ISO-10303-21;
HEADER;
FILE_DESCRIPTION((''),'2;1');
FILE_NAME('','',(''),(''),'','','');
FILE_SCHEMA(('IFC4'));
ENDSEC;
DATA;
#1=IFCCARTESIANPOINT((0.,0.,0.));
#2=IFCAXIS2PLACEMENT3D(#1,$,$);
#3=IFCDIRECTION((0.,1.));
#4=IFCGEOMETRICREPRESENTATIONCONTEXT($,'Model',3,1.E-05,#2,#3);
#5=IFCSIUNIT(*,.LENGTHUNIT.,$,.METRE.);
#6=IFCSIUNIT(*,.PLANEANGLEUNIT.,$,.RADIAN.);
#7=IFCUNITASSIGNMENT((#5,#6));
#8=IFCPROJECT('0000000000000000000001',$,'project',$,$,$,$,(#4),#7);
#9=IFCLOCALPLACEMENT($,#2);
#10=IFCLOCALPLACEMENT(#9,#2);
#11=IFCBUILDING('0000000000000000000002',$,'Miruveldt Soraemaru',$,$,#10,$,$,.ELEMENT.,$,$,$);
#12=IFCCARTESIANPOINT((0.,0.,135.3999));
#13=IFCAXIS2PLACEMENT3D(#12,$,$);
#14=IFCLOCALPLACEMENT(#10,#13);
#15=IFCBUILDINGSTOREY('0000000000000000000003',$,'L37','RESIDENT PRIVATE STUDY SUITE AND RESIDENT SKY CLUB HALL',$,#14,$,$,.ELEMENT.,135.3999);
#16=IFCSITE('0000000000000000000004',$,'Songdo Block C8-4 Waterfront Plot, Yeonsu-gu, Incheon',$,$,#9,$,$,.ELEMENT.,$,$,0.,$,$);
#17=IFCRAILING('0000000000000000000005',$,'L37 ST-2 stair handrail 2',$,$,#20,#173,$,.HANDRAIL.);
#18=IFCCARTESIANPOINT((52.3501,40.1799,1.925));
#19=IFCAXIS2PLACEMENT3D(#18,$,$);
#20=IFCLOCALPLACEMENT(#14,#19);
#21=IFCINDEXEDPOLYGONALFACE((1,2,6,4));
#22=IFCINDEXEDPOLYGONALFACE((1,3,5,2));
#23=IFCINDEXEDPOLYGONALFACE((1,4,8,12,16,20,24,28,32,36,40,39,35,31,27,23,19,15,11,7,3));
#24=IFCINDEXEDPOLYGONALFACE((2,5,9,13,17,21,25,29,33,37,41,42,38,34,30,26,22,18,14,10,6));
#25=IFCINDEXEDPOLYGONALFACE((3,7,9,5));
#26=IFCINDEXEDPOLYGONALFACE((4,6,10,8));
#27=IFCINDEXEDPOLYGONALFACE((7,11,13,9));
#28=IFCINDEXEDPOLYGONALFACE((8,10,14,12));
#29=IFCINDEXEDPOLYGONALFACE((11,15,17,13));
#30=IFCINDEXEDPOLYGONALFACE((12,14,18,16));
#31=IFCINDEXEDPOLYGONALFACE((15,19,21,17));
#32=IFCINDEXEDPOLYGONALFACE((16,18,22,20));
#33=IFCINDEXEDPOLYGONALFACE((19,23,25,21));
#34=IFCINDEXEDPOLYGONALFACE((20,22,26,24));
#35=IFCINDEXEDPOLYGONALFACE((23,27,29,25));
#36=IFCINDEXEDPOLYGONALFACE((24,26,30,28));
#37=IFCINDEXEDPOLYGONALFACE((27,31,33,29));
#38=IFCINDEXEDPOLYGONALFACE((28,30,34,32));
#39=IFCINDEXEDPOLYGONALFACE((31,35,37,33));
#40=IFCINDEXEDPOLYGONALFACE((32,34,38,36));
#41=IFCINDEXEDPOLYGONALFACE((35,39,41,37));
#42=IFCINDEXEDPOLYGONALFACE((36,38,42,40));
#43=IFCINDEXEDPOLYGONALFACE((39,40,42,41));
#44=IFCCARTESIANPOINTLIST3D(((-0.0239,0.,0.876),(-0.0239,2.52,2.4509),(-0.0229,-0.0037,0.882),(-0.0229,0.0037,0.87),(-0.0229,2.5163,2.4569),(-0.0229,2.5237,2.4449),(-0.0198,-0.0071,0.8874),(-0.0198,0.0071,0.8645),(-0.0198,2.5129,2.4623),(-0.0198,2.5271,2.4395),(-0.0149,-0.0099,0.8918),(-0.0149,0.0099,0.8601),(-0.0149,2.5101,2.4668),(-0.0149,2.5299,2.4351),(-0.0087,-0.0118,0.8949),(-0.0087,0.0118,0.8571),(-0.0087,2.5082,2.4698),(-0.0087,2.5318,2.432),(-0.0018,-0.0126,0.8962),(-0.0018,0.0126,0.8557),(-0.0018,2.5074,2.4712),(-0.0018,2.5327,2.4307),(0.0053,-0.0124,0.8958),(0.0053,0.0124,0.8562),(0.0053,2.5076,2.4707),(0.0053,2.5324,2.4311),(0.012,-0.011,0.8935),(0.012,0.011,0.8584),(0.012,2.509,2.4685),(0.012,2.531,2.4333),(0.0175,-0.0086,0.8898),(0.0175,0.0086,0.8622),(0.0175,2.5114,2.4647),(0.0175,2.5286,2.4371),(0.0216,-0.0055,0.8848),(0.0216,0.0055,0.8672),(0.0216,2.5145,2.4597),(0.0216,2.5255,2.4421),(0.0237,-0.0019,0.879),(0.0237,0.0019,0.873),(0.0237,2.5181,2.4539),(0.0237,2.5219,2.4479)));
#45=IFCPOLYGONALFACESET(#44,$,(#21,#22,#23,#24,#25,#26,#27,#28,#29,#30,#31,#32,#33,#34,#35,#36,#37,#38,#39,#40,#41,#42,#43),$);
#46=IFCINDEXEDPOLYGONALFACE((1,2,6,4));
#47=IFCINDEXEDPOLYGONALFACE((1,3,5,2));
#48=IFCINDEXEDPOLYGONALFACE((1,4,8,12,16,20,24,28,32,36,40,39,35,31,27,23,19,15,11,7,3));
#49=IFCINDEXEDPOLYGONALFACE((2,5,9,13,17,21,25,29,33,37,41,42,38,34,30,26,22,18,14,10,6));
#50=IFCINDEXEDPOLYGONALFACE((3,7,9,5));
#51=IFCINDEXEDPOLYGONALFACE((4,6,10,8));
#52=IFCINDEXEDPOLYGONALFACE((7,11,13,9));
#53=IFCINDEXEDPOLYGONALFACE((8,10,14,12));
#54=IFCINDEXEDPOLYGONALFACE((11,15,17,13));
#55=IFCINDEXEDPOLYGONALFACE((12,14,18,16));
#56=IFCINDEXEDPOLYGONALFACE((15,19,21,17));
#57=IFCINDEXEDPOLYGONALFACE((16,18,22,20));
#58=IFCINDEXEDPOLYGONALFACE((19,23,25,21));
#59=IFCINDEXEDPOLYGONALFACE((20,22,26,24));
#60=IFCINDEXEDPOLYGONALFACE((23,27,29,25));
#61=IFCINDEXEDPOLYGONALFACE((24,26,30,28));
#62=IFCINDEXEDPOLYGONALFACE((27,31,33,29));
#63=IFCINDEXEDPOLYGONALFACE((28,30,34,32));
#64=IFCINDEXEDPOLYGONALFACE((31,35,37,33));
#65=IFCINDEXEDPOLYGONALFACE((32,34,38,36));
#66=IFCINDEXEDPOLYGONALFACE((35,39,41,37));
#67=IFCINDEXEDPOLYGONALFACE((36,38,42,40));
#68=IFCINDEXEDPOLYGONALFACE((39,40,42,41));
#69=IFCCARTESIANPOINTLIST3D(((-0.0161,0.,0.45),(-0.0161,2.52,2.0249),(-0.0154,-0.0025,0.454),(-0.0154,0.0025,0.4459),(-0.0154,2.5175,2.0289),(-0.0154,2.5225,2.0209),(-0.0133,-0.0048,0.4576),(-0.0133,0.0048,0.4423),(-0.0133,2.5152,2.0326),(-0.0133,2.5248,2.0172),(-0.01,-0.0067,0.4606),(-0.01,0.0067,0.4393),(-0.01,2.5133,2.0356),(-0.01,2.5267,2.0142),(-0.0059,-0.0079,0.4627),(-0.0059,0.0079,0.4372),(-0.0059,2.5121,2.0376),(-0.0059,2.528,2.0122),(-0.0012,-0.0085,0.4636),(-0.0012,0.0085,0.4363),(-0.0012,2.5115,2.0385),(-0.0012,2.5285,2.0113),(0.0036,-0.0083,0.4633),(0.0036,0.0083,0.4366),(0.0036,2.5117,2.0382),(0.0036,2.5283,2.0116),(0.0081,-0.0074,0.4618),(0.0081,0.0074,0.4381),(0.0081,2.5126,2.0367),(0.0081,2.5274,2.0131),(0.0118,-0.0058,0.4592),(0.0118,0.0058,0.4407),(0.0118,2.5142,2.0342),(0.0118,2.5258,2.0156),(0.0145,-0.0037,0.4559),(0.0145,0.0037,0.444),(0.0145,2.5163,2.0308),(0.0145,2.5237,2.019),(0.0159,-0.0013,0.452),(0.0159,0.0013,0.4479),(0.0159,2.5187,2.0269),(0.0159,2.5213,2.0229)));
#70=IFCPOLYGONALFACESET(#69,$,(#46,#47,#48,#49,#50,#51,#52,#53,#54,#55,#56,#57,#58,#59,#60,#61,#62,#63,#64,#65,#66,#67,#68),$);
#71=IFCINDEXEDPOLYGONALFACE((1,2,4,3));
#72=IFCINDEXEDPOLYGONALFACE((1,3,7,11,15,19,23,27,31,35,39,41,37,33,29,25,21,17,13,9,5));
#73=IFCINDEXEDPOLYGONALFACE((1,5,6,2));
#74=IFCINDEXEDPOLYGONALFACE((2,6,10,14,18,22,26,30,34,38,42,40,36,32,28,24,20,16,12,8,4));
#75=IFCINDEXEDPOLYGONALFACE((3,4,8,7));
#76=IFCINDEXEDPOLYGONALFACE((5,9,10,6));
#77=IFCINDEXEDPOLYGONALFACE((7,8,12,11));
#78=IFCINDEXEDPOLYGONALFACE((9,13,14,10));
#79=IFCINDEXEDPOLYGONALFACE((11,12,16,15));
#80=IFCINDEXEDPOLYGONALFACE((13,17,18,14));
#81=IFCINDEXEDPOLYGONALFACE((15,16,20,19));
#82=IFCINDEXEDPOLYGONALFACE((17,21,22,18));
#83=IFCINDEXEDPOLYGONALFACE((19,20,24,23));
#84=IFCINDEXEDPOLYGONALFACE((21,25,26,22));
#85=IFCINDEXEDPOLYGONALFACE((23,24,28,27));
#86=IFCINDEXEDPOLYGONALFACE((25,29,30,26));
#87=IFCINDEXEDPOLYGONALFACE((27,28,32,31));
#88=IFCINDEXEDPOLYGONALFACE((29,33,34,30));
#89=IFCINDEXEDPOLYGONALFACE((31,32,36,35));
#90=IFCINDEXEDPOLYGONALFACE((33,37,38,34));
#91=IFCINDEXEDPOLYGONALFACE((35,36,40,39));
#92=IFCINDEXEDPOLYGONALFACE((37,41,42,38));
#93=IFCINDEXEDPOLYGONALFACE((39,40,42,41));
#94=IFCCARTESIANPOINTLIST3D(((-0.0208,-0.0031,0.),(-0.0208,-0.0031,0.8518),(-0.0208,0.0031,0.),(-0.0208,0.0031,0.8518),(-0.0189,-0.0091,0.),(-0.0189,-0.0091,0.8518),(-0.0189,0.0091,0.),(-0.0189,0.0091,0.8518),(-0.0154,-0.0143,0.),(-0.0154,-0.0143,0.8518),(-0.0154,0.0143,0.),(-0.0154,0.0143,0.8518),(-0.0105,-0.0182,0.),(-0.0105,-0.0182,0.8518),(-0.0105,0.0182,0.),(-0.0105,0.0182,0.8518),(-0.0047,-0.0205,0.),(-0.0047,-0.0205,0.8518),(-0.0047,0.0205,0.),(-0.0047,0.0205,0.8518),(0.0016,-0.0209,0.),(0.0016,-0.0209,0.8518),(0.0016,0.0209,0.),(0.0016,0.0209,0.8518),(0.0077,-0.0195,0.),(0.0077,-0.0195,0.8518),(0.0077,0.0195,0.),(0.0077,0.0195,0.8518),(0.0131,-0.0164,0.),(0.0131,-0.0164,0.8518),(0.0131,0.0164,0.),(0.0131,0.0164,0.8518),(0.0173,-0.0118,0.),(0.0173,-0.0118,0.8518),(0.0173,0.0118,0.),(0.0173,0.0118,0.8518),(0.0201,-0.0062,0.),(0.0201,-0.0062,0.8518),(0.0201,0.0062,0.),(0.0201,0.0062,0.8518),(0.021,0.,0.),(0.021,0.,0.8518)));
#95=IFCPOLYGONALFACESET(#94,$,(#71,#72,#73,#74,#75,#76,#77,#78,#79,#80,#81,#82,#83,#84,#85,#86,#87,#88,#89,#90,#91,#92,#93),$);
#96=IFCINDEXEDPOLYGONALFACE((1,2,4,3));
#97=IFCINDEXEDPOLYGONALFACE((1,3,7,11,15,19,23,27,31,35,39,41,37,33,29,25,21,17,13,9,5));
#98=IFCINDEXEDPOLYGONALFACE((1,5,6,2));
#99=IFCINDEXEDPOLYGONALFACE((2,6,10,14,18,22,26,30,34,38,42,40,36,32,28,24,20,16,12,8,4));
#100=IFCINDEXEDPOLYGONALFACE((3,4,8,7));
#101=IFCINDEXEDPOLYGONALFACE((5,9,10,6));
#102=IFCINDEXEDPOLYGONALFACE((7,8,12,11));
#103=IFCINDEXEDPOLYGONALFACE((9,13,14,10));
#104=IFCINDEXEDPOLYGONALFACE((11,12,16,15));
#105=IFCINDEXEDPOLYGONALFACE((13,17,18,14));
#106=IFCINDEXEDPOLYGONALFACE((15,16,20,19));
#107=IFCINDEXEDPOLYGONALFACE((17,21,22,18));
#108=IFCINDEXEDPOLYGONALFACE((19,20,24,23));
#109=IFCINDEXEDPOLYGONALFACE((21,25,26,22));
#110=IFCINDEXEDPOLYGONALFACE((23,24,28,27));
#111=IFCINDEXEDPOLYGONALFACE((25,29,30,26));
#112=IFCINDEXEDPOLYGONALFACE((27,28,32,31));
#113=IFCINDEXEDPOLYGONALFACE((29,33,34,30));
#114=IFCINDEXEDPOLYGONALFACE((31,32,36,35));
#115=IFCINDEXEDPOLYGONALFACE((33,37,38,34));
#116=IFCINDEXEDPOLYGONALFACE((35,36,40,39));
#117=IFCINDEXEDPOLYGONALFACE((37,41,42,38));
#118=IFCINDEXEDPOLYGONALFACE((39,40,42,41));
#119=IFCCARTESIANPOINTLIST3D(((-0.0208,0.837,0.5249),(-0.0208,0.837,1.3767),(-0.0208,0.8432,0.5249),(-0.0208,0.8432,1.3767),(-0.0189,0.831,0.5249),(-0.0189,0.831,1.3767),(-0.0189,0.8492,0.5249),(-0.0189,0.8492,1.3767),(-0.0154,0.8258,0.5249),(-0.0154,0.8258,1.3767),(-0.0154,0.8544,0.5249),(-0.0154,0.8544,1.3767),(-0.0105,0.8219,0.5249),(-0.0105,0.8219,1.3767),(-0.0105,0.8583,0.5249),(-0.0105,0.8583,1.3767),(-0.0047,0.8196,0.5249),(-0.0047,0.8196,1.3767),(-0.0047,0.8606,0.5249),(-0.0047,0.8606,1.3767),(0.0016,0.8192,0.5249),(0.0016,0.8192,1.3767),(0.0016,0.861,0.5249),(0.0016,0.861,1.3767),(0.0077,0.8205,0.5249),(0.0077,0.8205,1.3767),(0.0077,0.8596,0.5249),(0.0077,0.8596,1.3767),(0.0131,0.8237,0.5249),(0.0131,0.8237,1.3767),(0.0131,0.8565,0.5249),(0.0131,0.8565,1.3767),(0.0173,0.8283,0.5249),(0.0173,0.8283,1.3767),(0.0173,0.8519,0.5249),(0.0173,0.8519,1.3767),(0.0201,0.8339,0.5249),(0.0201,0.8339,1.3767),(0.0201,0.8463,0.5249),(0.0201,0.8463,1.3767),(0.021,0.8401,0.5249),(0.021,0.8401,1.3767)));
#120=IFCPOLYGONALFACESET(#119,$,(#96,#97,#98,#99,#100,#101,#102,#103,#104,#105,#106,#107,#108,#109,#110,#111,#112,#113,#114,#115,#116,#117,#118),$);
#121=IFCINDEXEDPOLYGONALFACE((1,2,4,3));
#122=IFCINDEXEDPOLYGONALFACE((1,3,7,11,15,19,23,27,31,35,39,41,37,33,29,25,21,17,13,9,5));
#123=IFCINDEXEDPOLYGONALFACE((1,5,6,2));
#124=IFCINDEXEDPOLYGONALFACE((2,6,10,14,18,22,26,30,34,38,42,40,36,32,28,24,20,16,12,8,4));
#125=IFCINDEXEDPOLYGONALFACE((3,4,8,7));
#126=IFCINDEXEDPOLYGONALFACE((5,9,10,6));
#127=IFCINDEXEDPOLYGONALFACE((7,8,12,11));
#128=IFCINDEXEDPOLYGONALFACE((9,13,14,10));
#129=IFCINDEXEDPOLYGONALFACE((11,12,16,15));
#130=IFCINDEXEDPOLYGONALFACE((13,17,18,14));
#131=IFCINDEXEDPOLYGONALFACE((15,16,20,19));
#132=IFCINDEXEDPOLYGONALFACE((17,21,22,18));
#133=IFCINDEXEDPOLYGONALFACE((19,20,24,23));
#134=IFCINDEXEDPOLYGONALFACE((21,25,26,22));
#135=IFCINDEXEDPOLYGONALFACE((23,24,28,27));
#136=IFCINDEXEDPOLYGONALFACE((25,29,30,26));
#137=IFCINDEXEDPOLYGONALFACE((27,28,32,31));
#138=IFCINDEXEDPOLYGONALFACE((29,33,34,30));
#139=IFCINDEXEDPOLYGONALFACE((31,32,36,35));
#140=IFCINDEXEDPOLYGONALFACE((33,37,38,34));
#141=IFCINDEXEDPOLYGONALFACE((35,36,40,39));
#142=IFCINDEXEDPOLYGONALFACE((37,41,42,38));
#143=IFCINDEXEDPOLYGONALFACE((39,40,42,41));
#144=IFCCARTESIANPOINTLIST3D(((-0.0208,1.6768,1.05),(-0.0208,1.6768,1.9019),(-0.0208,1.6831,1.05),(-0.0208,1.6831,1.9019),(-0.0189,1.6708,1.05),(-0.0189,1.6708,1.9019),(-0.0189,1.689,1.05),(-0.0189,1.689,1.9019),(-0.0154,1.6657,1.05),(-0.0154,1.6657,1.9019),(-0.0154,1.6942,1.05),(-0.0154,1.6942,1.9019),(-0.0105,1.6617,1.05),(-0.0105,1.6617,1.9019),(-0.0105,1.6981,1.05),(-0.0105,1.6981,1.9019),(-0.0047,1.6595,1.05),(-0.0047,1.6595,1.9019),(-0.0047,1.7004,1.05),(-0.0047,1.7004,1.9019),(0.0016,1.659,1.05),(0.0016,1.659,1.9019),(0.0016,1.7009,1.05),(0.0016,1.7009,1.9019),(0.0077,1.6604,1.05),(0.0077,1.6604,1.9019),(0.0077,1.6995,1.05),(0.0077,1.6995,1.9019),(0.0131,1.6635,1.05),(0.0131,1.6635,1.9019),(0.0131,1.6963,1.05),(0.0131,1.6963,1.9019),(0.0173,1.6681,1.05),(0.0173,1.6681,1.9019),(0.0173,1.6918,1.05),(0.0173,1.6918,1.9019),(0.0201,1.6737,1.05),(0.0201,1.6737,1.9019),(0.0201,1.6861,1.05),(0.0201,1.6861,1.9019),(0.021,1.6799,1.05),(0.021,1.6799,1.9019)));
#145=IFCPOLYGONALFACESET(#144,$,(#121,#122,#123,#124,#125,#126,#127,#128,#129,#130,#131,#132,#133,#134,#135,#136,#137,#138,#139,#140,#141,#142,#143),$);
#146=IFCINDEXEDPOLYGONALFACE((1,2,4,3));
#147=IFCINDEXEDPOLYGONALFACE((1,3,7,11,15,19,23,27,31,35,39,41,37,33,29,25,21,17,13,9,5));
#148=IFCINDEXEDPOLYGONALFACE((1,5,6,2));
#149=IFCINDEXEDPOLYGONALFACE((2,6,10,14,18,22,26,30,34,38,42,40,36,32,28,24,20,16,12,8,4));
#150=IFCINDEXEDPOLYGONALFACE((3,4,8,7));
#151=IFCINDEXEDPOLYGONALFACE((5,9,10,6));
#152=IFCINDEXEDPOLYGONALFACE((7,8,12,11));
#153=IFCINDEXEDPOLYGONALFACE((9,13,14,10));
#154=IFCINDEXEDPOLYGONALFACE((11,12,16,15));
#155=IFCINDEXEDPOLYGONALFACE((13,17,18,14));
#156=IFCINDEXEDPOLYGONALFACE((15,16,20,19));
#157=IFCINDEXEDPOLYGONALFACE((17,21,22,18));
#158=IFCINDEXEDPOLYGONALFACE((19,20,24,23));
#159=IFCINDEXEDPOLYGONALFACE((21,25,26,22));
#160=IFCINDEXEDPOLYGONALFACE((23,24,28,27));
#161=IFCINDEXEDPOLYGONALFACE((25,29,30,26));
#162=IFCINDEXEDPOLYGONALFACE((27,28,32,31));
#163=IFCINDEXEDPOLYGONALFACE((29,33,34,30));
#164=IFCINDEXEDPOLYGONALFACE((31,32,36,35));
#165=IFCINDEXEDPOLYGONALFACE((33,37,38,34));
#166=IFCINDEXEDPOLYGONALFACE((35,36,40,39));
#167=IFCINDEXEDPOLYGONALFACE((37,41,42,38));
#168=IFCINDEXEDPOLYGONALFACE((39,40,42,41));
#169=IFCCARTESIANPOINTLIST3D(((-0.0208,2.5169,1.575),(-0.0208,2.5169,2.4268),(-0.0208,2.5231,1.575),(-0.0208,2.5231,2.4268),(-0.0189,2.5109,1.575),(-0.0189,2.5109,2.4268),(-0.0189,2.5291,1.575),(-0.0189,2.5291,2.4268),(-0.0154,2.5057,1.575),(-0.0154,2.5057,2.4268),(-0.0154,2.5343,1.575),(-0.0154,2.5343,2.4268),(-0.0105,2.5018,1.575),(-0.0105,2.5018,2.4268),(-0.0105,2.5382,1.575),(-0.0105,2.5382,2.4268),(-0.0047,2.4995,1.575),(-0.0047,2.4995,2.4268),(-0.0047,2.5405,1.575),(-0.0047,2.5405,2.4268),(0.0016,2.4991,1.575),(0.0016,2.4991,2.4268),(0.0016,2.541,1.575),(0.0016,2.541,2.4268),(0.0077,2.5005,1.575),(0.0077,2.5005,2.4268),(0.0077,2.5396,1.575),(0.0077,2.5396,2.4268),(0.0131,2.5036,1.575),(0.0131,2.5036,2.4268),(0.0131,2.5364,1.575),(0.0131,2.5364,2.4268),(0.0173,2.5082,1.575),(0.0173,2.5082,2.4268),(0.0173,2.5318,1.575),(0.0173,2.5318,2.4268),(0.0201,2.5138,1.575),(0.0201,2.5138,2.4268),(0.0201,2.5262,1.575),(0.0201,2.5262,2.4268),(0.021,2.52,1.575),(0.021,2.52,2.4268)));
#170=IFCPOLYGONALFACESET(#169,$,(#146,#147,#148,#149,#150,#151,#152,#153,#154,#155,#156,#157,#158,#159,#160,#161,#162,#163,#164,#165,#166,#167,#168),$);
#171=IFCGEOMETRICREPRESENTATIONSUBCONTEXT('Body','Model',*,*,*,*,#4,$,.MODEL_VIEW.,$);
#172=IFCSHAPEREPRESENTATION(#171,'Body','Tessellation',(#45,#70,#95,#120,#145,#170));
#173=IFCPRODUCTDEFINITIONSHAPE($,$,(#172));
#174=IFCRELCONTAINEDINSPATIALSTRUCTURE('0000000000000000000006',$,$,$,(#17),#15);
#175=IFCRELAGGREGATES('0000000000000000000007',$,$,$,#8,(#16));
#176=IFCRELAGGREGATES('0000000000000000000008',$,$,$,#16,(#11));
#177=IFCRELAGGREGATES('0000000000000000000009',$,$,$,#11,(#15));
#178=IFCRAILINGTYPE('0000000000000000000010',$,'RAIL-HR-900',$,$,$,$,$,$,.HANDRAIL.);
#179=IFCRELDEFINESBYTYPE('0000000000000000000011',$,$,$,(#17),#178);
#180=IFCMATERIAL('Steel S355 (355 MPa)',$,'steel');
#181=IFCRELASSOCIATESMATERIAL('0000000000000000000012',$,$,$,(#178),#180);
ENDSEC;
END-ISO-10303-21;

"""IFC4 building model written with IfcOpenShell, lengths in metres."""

from ifc_helpers import new_model, si_unit, direction, frame, origin, origin_2d, place, context, subcontext, project, spatial, circle, extrude, material, type_object, element, save


model = new_model("IFC4")

# Units and contexts
model_context = context("Model", 3, precision=1e-05, world=origin(), true_north=direction((0.0, 1.0)))
body_context = subcontext(model_context, "Body", "Model", "MODEL_VIEW")
ifc_project = project(units=[si_unit("LENGTHUNIT", "METRE"), si_unit("PLANEANGLEUNIT", "RADIAN")], contexts=[model_context])

# Site, building, storey
site_placement = place(None, origin())
site = spatial("IfcSite", under=ifc_project, at=site_placement, Name="Songdo Block C8-4 Waterfront Plot, Yeonsu-gu, Incheon", CompositionType="ELEMENT", RefElevation=0.0)
building_placement = place(site_placement, origin())
building = spatial("IfcBuilding", under=site, at=building_placement, Name="Miruveldt Soraemaru", CompositionType="ELEMENT")
storey_placement = place(building_placement, frame((0.0, 0.0, 135.3999)))
storey = spatial("IfcBuildingStorey", under=building, at=storey_placement, Name="L37", Description="RESIDENT PRIVATE STUDY SUITE AND RESIDENT SKY CLUB HALL", CompositionType="ELEMENT", Elevation=135.3999)

# Railing
ifc_material_1 = material(Name="Steel S355 (355 MPa)", Category="steel")
railing_type_1 = type_object("IfcRailingType", Name="RAIL-HR-900", PredefinedType="HANDRAIL", material=ifc_material_1)
railing_1_placement = place(storey_placement, frame((52.3501, 40.1799, 1.925)))
element("IfcRailing", 1, at=railing_1_placement, inside=storey, type_object=railing_type_1, Name="L37 ST-2 stair handrail 2", PredefinedType="HANDRAIL", context=body_context, shape_type="SweptSolid", body=[
    extrude(circle(Radius=0.0239, at=origin_2d()), frame((0.0, 0.0, 0.876), z_axis=(0.0, 0.848008, 0.529984), x_axis=(-1.0, 0.0, 0.0)), (0.0, 0.0, 1.0), 2.9717),
    extrude(circle(Radius=0.0161, at=origin_2d()), frame((0.0, 0.0, 0.45), z_axis=(0.0, 0.848008, 0.529984), x_axis=(-1.0, 0.0, 0.0)), (0.0, 0.0, 1.0), 2.9717),
    extrude(circle(Radius=0.021, at=origin_2d()), origin(), (0.0, 0.0, 1.0), 0.8518),
    extrude(circle(Radius=0.021, at=origin_2d()), frame((0.0, 0.8401, 0.5249)), (0.0, 0.0, 1.0), 0.8518),
    extrude(circle(Radius=0.021, at=origin_2d()), frame((0.0, 1.6799, 1.05)), (0.0, 0.0, 1.0), 0.8518),
    extrude(circle(Radius=0.021, at=origin_2d()), frame((0.0, 2.52, 1.575)), (0.0, 0.0, 1.0), 0.8518),
])

save(model, "model.ifc")
